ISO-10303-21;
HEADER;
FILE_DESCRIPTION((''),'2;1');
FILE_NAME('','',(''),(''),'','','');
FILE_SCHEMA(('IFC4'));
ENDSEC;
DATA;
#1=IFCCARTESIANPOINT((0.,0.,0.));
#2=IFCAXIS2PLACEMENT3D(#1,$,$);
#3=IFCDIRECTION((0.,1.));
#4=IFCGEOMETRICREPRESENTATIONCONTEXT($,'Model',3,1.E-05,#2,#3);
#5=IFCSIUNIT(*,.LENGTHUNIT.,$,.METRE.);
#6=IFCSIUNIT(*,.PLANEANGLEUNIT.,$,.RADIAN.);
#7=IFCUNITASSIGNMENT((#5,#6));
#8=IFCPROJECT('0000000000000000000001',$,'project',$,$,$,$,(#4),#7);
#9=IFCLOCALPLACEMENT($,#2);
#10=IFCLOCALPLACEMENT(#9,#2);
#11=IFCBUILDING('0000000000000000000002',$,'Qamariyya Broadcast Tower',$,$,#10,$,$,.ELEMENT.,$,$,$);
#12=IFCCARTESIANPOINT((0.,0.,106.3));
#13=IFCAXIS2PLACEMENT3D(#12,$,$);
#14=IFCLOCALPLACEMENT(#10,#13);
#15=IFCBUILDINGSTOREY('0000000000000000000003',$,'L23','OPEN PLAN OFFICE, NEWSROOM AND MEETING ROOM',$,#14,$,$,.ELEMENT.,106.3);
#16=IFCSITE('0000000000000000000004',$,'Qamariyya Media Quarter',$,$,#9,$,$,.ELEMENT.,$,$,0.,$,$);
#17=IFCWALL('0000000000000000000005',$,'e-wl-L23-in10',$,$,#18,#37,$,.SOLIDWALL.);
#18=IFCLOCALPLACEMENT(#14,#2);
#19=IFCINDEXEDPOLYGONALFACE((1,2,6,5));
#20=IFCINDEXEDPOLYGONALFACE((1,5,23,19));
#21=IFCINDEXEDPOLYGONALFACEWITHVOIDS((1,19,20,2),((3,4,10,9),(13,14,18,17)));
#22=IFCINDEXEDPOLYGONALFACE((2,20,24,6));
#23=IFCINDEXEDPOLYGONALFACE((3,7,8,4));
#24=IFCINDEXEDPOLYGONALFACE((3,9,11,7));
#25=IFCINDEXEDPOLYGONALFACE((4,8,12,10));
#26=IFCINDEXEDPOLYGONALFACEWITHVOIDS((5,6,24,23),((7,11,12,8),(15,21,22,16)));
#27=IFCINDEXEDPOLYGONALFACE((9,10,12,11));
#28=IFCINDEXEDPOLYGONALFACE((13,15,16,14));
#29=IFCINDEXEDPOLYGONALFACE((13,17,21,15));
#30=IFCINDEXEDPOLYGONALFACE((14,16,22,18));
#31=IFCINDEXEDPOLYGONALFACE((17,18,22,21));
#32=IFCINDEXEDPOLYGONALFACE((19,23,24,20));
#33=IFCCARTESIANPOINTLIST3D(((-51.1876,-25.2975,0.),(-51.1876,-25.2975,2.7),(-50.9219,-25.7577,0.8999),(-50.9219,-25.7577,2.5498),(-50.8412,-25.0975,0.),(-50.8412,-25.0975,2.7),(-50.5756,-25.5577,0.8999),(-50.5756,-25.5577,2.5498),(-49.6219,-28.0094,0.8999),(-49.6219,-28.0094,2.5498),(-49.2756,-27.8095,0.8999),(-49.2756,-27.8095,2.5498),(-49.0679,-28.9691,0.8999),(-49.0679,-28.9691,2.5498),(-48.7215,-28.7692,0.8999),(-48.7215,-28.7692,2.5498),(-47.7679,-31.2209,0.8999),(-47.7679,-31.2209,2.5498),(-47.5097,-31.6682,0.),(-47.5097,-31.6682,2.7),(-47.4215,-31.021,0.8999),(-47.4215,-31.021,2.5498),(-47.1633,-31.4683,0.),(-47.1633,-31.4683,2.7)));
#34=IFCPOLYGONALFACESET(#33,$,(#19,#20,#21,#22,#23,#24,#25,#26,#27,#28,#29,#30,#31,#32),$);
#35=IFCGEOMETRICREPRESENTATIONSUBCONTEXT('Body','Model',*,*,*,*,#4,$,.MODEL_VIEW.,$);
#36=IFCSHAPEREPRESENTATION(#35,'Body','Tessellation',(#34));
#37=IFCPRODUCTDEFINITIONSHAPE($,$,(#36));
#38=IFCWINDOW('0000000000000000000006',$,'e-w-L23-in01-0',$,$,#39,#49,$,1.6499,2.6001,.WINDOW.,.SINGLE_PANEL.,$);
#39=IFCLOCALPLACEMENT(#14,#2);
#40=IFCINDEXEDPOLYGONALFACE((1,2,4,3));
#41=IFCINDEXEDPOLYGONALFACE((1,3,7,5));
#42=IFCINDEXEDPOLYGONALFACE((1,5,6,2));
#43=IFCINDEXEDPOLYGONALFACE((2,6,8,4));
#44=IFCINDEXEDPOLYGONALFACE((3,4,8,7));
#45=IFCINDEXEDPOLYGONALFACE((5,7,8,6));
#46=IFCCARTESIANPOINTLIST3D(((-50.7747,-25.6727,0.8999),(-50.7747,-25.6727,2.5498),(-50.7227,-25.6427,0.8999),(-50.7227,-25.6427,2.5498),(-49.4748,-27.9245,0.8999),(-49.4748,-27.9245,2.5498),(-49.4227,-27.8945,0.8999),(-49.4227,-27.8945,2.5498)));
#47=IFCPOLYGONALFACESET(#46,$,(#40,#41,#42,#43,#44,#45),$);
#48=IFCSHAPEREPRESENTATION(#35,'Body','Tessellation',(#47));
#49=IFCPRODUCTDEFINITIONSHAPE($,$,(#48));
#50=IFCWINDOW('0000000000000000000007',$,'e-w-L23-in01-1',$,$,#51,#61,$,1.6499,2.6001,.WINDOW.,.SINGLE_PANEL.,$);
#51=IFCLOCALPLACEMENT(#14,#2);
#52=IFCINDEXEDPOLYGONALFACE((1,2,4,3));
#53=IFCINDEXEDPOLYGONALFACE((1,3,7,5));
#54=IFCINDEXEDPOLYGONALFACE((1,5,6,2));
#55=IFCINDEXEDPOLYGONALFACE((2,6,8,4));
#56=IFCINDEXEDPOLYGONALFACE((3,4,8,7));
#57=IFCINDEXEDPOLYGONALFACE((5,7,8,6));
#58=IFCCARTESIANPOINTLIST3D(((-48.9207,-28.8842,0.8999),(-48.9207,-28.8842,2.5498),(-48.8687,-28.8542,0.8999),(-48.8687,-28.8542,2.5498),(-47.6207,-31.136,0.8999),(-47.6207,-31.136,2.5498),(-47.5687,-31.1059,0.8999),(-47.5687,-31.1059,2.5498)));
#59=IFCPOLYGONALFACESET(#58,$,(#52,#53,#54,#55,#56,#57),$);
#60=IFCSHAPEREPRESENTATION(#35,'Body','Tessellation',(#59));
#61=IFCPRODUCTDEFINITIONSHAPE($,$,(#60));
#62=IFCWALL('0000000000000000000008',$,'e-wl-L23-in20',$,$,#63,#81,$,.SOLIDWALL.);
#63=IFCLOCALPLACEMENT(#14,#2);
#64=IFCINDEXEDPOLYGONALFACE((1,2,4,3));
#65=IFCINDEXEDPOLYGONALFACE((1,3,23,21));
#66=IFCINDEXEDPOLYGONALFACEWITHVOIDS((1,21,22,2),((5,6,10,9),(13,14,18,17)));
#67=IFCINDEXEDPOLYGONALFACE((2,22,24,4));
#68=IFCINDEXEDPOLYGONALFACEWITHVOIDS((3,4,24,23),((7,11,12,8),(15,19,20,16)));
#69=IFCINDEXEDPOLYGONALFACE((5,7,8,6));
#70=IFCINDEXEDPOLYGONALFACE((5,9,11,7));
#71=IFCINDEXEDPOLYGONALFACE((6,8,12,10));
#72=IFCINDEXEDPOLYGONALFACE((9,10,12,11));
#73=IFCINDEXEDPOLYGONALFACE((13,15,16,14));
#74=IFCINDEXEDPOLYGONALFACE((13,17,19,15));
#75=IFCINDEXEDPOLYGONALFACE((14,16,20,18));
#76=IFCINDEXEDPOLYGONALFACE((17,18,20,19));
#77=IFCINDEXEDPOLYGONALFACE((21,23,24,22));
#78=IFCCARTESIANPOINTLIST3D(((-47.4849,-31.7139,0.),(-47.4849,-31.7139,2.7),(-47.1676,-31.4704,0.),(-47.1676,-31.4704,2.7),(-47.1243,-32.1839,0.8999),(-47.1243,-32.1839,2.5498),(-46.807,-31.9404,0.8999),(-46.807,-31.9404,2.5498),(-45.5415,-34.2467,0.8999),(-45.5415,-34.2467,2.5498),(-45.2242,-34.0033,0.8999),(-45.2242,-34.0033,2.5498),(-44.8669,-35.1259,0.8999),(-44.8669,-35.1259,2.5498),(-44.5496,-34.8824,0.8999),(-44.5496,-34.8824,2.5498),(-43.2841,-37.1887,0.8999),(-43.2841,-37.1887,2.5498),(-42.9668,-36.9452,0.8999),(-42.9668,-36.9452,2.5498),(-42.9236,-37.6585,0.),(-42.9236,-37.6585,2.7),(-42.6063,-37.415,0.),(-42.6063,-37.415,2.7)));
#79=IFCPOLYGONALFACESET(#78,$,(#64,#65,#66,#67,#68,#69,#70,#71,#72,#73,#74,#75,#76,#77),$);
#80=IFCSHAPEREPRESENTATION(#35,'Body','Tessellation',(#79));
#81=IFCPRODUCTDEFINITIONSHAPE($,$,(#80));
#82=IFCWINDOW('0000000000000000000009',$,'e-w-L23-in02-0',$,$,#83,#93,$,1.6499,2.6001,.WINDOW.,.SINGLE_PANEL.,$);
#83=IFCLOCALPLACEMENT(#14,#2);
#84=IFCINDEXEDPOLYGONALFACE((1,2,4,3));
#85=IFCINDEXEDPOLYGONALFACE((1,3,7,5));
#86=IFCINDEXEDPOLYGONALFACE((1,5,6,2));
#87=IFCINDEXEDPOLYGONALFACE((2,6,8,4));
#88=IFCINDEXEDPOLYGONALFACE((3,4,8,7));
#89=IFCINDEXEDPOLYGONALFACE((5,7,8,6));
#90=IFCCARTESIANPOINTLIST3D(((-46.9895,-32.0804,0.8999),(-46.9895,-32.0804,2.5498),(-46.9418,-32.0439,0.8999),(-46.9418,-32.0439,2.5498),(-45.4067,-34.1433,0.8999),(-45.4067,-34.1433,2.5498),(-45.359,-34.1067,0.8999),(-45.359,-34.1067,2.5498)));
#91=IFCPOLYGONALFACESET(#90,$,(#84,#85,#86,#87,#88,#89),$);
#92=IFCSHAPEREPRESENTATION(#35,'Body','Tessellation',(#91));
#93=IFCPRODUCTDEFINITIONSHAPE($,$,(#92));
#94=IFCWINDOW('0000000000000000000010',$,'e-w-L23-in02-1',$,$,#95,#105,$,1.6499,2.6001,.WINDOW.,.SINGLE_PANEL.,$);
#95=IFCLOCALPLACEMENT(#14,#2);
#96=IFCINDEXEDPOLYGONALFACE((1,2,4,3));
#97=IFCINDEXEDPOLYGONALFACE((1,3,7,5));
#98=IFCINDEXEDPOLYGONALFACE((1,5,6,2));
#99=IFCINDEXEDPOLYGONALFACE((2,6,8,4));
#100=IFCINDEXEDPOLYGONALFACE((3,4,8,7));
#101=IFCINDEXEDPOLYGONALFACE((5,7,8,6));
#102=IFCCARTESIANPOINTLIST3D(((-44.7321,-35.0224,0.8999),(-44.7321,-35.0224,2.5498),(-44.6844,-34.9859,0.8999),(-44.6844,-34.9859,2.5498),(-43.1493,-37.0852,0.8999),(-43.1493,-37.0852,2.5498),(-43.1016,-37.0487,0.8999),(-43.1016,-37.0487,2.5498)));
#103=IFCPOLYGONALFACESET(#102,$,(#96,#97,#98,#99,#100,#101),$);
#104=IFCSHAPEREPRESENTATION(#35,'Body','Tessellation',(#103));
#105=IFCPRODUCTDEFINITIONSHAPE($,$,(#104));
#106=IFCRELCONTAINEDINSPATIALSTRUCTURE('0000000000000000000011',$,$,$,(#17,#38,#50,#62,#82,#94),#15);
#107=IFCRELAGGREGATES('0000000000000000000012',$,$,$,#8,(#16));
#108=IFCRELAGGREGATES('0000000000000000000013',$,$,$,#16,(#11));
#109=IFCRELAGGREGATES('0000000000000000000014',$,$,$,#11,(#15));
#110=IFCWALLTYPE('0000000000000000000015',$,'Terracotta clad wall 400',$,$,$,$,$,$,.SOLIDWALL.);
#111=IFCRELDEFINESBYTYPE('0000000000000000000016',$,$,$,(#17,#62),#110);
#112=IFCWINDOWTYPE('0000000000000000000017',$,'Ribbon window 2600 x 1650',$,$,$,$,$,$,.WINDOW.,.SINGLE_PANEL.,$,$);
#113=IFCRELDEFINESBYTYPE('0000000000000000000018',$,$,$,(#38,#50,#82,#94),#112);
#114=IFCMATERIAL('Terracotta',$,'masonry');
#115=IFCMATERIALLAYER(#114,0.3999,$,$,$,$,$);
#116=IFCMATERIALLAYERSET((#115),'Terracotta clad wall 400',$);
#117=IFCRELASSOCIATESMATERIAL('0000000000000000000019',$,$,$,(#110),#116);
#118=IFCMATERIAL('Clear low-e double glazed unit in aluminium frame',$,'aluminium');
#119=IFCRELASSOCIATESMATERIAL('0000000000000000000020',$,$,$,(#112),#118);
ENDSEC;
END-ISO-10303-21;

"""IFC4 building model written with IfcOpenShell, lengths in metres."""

from ifc_helpers import new_model, si_unit, direction, frame, frame_2d, origin, place, context, subcontext, project, spatial, rectangle, extrude, material, layer, layer_set, type_object, element, fill, save


model = new_model("IFC4")

# Units and contexts
model_context = context("Model", 3, precision=1e-05, world=origin(), true_north=direction((0.0, 1.0)))
body_context = subcontext(model_context, "Body", "Model", "MODEL_VIEW")
ifc_project = project(units=[si_unit("LENGTHUNIT", "METRE"), si_unit("PLANEANGLEUNIT", "RADIAN")], contexts=[model_context])

# Site, building, storey
site_placement = place(None, origin())
site = spatial("IfcSite", under=ifc_project, at=site_placement, Name="Qamariyya Media Quarter", CompositionType="ELEMENT", RefElevation=0.0)
building_placement = place(site_placement, origin())
building = spatial("IfcBuilding", under=site, at=building_placement, Name="Qamariyya Broadcast Tower", CompositionType="ELEMENT")
storey_placement = place(building_placement, frame((0.0, 0.0, 106.3)))
storey = spatial("IfcBuildingStorey", under=building, at=storey_placement, Name="L23", Description="OPEN PLAN OFFICE, NEWSROOM AND MEETING ROOM", CompositionType="ELEMENT", Elevation=106.3)

# Shared definitions
ifc_material_1 = material(Name="Terracotta", Category="masonry")
ifc_layer = layer(ifc_material_1, 0.3999)
ifc_layer_set = layer_set([ifc_layer], Name="Terracotta clad wall 400")
wall_type = type_object("IfcWallType", Name="Terracotta clad wall 400", PredefinedType="SOLIDWALL", material=ifc_layer_set)
ifc_material_2 = material(Name="Clear low-e double glazed unit in aluminium frame", Category="aluminium")

# Walls, openings, windows
wall_1_placement = place(storey_placement, frame((-47.3364, -31.5684, 0.0), z_axis=(0.0, 0.0, 1.0), x_axis=(-0.499976, 0.866039, 0.0)))
wall_1 = element("IfcWall", 1, at=wall_1_placement, inside=storey, type_object=wall_type, Name="e-wl-L23-in10", PredefinedType="SOLIDWALL", context=body_context, shape_type="SweptSolid", body=[
    extrude(rectangle(XDim=7.3562, YDim=0.3999, at=frame_2d((3.6782, 0.0))), origin(), (0.0, 0.0, 1.0), 2.7),
])
opening_1_placement = place(wall_1_placement, frame((4.2249, 0.0, 0.8999)))
opening_1 = element("IfcOpeningElement", 2, at=opening_1_placement, cuts=wall_1, PredefinedType="OPENING", context=body_context, shape_type="SweptSolid", body=[
    extrude(rectangle(XDim=2.6001, YDim=1.6499, at=frame_2d((1.3, 0.825))), frame((0.0, 0.21, 0.0), z_axis=(0.0, -1.0, 0.0), x_axis=(1.0, 0.0, 0.0)), (0.0, 0.0, 1.0), 0.4199),
])
opening_2_placement = place(wall_1_placement, frame((0.5166, 0.0, 0.8999)))
opening_2 = element("IfcOpeningElement", 3, at=opening_2_placement, cuts=wall_1, PredefinedType="OPENING", context=body_context, shape_type="SweptSolid", body=[
    extrude(rectangle(XDim=2.6001, YDim=1.6499, at=frame_2d((1.3, 0.825))), frame((0.0, 0.21, 0.0), z_axis=(0.0, -1.0, 0.0), x_axis=(1.0, 0.0, 0.0)), (0.0, 0.0, 1.0), 0.4199),
])
window_type_1 = type_object("IfcWindowType", Name="Ribbon window 2600 x 1650", PartitioningType="SINGLE_PANEL", PredefinedType="WINDOW", material=ifc_material_2)
window_1_placement = place(opening_1_placement, origin())
window_1 = element("IfcWindow", 4, at=window_1_placement, inside=storey, type_object=window_type_1, Name="e-w-L23-in01-0", OverallHeight=1.6499, OverallWidth=2.6001, PartitioningType="SINGLE_PANEL", PredefinedType="WINDOW", context=body_context, shape_type="SweptSolid", body=[
    extrude(rectangle(XDim=2.6001, YDim=1.6499, at=frame_2d((1.3, 0.825))), frame((0.0, 0.03, 0.0), z_axis=(0.0, -1.0, 0.0), x_axis=(1.0, 0.0, 0.0)), (0.0, 0.0, 1.0), 0.0601),
])
fill(opening_1, window_1)
window_2_placement = place(opening_2_placement, origin())
window_2 = element("IfcWindow", 5, at=window_2_placement, inside=storey, type_object=window_type_1, Name="e-w-L23-in01-1", OverallHeight=1.6499, OverallWidth=2.6001, PartitioningType="SINGLE_PANEL", PredefinedType="WINDOW", context=body_context, shape_type="SweptSolid", body=[
    extrude(rectangle(XDim=2.6001, YDim=1.6499, at=frame_2d((1.3, 0.825))), frame((0.0, 0.03, 0.0), z_axis=(0.0, -1.0, 0.0), x_axis=(1.0, 0.0, 0.0)), (0.0, 0.0, 1.0), 0.0601),
])
fill(opening_2, window_2)
wall_2_placement = place(storey_placement, frame((-42.7649, -37.5369, 0.0), z_axis=(0.0, 0.0, 1.0), x_axis=(-0.608748, 0.793363, 0.0)))
wall_2 = element("IfcWall", 6, at=wall_2_placement, inside=storey, type_object=wall_type, Name="e-wl-L23-in20", PredefinedType="SOLIDWALL", context=body_context, shape_type="SweptSolid", body=[
    extrude(rectangle(XDim=7.4929, YDim=0.3999, at=frame_2d((3.7466, 0.0))), origin(), (0.0, 0.0, 1.0), 2.7),
])
opening_3_placement = place(wall_2_placement, frame((4.3005, 0.0, 0.8999)))
opening_3 = element("IfcOpeningElement", 7, at=opening_3_placement, cuts=wall_2, PredefinedType="OPENING", context=body_context, shape_type="SweptSolid", body=[
    extrude(rectangle(XDim=2.6001, YDim=1.6499, at=frame_2d((1.3, 0.825))), frame((0.0, 0.21, 0.0), z_axis=(0.0, -1.0, 0.0), x_axis=(1.0, 0.0, 0.0)), (0.0, 0.0, 1.0), 0.4199),
])
opening_4_placement = place(wall_2_placement, frame((0.5923, 0.0, 0.8999)))
opening_4 = element("IfcOpeningElement", 8, at=opening_4_placement, cuts=wall_2, PredefinedType="OPENING", context=body_context, shape_type="SweptSolid", body=[
    extrude(rectangle(XDim=2.6001, YDim=1.6499, at=frame_2d((1.3, 0.825))), frame((0.0, 0.21, 0.0), z_axis=(0.0, -1.0, 0.0), x_axis=(1.0, 0.0, 0.0)), (0.0, 0.0, 1.0), 0.4199),
])
window_3_placement = place(opening_3_placement, origin())
window_3 = element("IfcWindow", 9, at=window_3_placement, inside=storey, type_object=window_type_1, Name="e-w-L23-in02-0", OverallHeight=1.6499, OverallWidth=2.6001, PartitioningType="SINGLE_PANEL", PredefinedType="WINDOW", context=body_context, shape_type="SweptSolid", body=[
    extrude(rectangle(XDim=2.6001, YDim=1.6499, at=frame_2d((1.3, 0.825))), frame((0.0, 0.03, 0.0), z_axis=(0.0, -1.0, 0.0), x_axis=(1.0, 0.0, 0.0)), (0.0, 0.0, 1.0), 0.0601),
])
fill(opening_3, window_3)
window_4_placement = place(opening_4_placement, origin())
window_4 = element("IfcWindow", 10, at=window_4_placement, inside=storey, type_object=window_type_1, Name="e-w-L23-in02-1", OverallHeight=1.6499, OverallWidth=2.6001, PartitioningType="SINGLE_PANEL", PredefinedType="WINDOW", context=body_context, shape_type="SweptSolid", body=[
    extrude(rectangle(XDim=2.6001, YDim=1.6499, at=frame_2d((1.3, 0.825))), frame((0.0, 0.03, 0.0), z_axis=(0.0, -1.0, 0.0), x_axis=(1.0, 0.0, 0.0)), (0.0, 0.0, 1.0), 0.0601),
])
fill(opening_4, window_4)

save(model, "model.ifc")
